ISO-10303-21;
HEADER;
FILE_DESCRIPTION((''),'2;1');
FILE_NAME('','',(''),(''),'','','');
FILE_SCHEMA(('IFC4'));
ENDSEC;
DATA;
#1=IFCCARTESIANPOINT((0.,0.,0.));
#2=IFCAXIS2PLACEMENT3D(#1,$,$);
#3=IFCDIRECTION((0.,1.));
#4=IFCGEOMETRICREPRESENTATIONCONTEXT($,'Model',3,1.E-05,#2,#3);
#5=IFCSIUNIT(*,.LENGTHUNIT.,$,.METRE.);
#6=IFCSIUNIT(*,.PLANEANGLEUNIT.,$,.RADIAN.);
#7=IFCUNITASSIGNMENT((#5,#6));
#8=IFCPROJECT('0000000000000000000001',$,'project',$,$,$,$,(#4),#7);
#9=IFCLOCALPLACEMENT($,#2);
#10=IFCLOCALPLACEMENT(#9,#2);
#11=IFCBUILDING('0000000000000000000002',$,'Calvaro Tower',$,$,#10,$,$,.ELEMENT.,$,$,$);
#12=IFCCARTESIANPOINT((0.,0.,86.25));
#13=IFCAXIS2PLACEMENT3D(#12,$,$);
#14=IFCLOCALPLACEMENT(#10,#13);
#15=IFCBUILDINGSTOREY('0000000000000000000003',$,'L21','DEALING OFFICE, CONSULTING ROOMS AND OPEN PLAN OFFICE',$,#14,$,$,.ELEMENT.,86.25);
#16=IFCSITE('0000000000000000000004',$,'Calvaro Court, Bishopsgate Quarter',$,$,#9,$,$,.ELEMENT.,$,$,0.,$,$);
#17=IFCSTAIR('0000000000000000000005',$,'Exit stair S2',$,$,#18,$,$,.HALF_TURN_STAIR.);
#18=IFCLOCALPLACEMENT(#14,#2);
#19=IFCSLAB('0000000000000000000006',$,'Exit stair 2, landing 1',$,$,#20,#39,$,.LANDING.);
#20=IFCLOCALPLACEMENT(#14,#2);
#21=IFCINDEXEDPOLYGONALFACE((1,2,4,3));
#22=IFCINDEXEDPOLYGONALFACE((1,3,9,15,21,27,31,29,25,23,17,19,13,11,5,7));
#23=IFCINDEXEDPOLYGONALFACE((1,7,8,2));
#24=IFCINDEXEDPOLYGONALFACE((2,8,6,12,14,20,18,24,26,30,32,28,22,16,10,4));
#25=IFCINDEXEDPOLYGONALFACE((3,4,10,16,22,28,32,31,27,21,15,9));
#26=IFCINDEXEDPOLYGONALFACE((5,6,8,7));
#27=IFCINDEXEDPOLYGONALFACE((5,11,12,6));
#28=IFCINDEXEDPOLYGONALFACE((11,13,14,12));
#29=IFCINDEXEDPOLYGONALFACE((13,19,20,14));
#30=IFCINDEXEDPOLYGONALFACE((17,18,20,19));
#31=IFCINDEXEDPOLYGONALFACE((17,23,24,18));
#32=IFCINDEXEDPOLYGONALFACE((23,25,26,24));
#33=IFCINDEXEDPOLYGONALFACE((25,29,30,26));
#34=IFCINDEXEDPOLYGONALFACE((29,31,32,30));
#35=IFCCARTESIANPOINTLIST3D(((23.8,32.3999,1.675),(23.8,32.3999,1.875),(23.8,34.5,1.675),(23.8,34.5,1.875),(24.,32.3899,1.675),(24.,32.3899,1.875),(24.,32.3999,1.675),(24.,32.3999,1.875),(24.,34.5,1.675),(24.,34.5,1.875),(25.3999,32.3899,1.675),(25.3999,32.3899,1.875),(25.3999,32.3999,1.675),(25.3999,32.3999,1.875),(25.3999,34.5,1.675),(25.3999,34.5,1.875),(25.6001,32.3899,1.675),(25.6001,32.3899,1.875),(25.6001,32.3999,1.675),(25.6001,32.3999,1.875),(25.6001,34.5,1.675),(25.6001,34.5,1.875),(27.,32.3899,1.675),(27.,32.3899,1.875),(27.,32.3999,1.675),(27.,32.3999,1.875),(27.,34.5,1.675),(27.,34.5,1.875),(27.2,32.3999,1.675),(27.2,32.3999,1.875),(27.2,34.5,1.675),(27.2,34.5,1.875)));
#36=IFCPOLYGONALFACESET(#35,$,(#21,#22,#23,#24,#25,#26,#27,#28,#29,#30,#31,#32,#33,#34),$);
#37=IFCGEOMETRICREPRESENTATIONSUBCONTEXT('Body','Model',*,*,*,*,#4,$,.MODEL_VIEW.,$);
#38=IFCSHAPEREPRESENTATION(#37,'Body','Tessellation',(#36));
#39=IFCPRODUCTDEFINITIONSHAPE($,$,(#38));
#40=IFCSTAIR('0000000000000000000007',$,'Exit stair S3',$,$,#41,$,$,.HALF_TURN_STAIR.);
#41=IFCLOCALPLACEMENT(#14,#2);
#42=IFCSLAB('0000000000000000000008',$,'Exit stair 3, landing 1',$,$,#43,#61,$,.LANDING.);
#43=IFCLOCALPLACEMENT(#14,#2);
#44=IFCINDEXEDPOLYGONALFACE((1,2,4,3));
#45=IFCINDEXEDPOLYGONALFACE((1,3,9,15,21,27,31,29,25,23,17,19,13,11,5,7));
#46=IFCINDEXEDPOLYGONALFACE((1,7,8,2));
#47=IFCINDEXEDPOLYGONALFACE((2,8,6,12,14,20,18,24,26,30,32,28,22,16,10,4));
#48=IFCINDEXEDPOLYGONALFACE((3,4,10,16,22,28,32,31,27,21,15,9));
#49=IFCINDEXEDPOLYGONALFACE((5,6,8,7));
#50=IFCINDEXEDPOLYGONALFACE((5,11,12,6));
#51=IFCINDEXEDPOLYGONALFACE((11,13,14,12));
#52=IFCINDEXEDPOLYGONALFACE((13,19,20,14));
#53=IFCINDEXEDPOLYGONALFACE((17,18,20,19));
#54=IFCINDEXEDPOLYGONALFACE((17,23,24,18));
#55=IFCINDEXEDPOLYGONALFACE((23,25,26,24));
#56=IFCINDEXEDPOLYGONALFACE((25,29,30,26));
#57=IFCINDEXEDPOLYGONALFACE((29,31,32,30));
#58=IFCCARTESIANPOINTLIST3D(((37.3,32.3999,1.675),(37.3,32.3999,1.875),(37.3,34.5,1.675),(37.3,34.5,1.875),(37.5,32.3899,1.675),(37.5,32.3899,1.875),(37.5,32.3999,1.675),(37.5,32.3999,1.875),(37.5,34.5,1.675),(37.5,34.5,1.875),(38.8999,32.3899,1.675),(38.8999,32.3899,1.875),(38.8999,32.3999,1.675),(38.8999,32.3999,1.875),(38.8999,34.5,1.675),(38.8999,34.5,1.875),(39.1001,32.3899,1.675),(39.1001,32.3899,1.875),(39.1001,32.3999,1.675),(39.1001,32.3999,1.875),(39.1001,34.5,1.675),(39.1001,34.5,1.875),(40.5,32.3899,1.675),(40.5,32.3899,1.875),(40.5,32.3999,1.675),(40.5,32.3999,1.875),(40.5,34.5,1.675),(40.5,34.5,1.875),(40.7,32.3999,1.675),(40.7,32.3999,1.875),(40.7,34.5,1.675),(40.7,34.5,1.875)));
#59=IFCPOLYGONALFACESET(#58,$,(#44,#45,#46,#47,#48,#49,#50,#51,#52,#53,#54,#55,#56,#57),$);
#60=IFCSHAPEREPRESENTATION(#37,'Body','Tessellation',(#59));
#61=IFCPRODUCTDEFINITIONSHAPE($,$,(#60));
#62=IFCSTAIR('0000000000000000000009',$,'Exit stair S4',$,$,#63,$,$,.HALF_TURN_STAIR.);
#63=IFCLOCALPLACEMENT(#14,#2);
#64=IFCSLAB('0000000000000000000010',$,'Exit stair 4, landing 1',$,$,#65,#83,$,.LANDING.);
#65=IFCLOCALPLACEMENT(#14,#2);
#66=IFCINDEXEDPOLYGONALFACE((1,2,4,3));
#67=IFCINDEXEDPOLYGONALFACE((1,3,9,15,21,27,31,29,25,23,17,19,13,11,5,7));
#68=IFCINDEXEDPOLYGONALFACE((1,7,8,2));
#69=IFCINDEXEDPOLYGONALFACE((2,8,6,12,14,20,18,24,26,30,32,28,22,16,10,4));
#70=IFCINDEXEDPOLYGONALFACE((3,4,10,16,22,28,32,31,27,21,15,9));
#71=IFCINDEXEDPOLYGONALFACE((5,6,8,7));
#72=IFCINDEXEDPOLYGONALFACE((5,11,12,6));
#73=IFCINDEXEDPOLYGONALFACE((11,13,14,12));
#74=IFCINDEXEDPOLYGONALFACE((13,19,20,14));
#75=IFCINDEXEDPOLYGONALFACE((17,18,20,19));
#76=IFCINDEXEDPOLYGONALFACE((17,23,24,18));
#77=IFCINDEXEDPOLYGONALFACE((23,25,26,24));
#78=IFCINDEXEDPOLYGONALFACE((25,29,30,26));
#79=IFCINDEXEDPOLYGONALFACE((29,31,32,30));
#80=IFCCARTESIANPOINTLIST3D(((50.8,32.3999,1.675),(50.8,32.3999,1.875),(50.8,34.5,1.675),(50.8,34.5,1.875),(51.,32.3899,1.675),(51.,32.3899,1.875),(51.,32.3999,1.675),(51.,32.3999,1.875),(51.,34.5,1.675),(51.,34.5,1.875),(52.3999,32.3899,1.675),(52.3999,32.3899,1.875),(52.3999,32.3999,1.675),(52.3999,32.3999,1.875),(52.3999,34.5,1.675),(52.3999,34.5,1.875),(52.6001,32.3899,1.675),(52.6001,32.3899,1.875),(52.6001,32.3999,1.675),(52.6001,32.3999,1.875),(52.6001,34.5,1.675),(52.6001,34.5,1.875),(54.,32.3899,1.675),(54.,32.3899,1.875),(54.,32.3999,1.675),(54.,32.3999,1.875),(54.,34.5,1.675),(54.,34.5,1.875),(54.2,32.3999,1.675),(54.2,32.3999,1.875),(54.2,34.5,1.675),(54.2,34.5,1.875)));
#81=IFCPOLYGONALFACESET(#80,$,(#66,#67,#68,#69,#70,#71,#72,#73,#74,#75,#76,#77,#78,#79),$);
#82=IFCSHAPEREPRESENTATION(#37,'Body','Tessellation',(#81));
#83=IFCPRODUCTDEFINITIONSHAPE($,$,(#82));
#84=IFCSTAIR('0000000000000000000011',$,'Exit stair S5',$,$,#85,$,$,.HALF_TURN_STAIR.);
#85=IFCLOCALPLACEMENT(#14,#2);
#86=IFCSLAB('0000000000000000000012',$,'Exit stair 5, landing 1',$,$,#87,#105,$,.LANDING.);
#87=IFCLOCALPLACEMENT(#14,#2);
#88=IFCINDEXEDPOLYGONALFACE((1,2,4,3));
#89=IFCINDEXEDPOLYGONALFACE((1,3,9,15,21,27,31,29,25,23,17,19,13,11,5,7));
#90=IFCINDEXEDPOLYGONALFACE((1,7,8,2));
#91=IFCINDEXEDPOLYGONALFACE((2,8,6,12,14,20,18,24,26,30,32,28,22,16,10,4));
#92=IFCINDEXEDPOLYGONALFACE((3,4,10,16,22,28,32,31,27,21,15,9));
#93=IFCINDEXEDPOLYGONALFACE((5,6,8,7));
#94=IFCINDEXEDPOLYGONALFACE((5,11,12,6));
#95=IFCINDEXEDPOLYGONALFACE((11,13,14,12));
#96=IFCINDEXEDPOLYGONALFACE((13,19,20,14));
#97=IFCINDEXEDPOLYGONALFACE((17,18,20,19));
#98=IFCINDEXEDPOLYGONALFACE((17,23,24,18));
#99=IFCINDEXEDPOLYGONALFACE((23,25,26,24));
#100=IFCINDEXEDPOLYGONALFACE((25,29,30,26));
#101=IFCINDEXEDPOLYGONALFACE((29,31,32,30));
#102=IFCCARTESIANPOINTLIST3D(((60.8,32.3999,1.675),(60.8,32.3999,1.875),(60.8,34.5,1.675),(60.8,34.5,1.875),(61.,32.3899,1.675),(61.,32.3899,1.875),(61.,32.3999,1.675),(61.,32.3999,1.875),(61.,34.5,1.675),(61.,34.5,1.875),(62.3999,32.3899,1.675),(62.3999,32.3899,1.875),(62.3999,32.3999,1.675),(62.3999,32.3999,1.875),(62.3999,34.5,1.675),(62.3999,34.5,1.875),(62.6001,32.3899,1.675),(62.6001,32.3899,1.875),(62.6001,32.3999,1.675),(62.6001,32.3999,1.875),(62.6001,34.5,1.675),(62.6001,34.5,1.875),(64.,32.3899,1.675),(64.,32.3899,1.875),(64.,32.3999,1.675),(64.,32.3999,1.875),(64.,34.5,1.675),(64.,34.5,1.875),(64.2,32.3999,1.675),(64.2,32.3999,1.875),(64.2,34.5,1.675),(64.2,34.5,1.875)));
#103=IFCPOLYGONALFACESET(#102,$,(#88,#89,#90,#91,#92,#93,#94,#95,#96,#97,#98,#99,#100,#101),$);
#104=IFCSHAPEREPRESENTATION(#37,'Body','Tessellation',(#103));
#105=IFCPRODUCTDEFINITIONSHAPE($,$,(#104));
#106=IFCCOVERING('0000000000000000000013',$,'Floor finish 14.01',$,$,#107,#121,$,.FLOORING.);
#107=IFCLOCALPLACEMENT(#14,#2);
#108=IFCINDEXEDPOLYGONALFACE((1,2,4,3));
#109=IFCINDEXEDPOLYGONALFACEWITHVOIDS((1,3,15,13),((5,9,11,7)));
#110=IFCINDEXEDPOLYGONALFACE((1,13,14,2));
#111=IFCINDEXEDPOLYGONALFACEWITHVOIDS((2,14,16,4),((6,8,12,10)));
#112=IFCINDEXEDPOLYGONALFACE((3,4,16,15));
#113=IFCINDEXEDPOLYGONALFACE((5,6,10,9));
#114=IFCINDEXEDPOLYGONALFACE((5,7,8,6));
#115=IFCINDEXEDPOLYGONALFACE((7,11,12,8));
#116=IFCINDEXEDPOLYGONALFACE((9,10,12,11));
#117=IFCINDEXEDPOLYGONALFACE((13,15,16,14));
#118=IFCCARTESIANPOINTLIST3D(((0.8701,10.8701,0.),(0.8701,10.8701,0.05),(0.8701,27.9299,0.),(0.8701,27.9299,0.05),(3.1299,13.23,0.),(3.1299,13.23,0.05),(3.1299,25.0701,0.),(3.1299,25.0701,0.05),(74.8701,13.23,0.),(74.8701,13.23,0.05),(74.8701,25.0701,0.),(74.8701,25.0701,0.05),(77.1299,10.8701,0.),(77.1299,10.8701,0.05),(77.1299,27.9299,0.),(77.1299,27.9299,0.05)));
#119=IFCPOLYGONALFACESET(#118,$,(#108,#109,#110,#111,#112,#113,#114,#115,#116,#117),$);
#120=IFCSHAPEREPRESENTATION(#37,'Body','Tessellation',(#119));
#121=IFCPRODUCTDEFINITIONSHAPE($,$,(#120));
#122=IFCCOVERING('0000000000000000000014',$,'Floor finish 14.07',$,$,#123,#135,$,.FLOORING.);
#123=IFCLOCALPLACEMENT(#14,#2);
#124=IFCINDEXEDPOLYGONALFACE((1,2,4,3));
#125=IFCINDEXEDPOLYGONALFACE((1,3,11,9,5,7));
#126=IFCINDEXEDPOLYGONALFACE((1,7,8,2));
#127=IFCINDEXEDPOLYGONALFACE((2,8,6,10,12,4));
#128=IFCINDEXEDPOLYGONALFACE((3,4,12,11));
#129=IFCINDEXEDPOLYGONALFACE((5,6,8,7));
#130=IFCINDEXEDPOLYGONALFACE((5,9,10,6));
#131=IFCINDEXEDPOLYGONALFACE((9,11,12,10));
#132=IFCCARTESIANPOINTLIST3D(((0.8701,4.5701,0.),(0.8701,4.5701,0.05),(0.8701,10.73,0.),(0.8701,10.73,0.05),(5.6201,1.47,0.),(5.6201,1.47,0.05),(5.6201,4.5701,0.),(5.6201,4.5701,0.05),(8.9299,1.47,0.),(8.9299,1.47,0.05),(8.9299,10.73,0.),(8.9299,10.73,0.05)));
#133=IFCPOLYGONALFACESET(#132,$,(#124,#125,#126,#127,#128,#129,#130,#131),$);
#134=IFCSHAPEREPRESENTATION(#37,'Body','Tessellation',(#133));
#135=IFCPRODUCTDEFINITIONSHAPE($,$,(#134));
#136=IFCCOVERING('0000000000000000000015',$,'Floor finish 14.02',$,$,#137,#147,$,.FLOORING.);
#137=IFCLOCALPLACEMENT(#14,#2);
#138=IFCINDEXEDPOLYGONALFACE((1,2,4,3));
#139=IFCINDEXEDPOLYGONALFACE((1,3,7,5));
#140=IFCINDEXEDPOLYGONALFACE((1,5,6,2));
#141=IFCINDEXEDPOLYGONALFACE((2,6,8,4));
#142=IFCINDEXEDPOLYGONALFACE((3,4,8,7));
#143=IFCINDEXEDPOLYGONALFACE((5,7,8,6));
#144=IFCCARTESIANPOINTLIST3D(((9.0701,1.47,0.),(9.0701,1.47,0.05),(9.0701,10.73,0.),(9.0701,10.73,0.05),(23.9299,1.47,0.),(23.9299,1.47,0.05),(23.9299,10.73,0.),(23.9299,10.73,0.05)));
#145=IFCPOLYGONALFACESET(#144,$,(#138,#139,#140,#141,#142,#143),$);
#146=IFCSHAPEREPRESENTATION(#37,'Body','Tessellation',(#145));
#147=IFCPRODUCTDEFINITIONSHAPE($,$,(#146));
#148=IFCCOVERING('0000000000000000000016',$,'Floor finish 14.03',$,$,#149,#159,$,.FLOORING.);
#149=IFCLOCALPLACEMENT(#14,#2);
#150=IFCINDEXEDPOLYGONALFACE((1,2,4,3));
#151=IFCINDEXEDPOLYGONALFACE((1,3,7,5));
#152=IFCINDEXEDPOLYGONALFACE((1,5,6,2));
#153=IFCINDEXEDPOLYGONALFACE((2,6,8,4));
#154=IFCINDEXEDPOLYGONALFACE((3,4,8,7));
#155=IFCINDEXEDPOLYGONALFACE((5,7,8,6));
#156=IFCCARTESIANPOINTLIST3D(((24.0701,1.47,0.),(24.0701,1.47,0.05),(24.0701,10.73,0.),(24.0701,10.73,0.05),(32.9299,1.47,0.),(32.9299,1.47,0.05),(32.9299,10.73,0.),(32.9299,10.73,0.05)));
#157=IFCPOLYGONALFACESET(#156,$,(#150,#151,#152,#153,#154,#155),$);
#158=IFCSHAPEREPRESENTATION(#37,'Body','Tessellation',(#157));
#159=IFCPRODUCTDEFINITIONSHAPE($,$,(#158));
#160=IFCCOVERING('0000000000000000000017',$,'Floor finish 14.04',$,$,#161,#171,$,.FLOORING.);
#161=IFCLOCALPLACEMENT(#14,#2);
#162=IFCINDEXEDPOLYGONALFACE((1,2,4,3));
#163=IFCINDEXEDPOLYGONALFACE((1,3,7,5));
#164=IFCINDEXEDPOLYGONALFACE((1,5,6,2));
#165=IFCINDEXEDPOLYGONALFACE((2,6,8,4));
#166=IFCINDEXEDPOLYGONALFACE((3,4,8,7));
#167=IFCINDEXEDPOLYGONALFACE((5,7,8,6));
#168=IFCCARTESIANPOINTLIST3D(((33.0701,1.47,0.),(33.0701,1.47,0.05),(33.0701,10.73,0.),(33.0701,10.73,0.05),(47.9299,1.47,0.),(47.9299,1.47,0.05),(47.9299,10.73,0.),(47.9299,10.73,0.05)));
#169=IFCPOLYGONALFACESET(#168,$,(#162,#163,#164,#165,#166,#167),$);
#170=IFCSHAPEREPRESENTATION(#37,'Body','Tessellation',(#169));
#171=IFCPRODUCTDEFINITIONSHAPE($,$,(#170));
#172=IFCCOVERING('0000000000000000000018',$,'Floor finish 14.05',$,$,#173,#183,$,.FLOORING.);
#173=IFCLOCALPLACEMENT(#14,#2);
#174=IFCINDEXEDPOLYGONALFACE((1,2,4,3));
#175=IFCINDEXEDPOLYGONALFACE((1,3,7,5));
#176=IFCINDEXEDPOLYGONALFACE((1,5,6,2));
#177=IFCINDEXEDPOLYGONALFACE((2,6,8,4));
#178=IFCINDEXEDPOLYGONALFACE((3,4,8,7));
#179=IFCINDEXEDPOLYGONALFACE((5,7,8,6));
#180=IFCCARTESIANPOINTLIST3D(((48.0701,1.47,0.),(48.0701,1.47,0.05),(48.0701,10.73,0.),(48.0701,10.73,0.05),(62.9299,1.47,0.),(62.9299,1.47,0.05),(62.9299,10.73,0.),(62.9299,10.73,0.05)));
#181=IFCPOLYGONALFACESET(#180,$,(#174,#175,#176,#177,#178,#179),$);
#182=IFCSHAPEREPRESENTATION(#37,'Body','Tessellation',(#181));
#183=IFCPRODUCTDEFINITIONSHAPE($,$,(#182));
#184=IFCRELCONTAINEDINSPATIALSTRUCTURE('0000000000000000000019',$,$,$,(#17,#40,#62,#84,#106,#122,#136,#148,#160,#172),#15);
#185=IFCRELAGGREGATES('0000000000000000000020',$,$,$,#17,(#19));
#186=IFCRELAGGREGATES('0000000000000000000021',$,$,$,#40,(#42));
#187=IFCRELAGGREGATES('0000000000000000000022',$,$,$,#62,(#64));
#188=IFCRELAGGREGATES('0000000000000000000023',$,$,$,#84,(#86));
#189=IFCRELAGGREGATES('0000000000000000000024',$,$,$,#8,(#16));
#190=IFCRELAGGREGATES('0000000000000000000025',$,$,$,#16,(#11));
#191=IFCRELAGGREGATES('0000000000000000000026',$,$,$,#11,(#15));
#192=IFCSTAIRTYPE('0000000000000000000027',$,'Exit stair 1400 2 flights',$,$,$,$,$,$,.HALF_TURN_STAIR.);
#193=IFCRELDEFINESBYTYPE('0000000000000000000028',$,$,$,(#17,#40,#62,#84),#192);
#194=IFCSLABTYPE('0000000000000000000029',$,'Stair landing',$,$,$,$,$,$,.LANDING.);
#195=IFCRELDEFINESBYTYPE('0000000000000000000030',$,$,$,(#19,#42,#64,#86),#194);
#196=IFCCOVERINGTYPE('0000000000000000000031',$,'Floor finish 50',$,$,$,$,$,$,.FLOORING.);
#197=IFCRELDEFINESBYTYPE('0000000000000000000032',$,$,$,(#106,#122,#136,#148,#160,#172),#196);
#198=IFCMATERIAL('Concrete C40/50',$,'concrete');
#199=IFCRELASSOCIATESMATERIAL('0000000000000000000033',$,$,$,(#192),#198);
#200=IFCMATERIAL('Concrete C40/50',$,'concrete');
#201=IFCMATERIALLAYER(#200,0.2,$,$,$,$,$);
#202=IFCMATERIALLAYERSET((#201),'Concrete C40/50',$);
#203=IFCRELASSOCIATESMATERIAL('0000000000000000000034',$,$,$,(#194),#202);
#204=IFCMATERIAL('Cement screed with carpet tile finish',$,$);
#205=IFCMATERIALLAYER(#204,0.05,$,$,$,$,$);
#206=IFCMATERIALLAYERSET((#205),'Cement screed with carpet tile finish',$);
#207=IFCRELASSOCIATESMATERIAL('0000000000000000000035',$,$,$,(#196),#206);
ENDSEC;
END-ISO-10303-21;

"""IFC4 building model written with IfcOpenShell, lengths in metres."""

from ifc_helpers import new_model, si_unit, direction, frame, origin, place, context, subcontext, project, spatial, polyline, outline, extrude, material, layer, layer_set, type_object, element, aggregate, save


model = new_model("IFC4")

# Units and contexts
model_context = context("Model", 3, precision=1e-05, world=origin(), true_north=direction((0.0, 1.0)))
body_context = subcontext(model_context, "Body", "Model", "MODEL_VIEW")
ifc_project = project(units=[si_unit("LENGTHUNIT", "METRE"), si_unit("PLANEANGLEUNIT", "RADIAN")], contexts=[model_context])

# Site, building, storey
site_placement = place(None, origin())
site = spatial("IfcSite", under=ifc_project, at=site_placement, Name="Calvaro Court, Bishopsgate Quarter", CompositionType="ELEMENT", RefElevation=0.0)
building_placement = place(site_placement, origin())
building = spatial("IfcBuilding", under=site, at=building_placement, Name="Calvaro Tower", CompositionType="ELEMENT")
storey_placement = place(building_placement, frame((0.0, 0.0, 86.25)))
storey = spatial("IfcBuildingStorey", under=building, at=storey_placement, Name="L21", Description="DEALING OFFICE, CONSULTING ROOMS AND OPEN PLAN OFFICE", CompositionType="ELEMENT", Elevation=86.25)

# Stairs, slabs
ifc_material_1 = material(Name="Concrete C40/50", Category="concrete")
stair_type = type_object("IfcStairType", Name="Exit stair 1400 2 flights", PredefinedType="HALF_TURN_STAIR", material=ifc_material_1)
ifc_material_2 = material(Name="Concrete C40/50", Category="concrete")
ifc_layer_1 = layer(ifc_material_2, 0.2)
ifc_layer_set_1 = layer_set([ifc_layer_1], Name="Concrete C40/50")
slab_type_1 = type_object("IfcSlabType", Name="Stair landing", PredefinedType="LANDING", material=ifc_layer_set_1)
stair_1_placement = place(storey_placement, origin())
stair_1 = element("IfcStair", 1, at=stair_1_placement, inside=storey, type_object=stair_type, Name="Exit stair S2", PredefinedType="HALF_TURN_STAIR")
slab_1_placement = place(storey_placement, frame((0.0, 0.0, 1.675)))
slab_1 = element("IfcSlab", 2, at=slab_1_placement, type_object=slab_type_1, Name="Exit stair 2, landing 1", PredefinedType="LANDING", context=body_context, shape_type="SweptSolid", body=[
    extrude(outline(polyline([(25.3999, 32.3899), (24.0, 32.3899), (24.0, 32.3999), (23.8, 32.3999), (23.8, 34.5), (24.0, 34.5), (25.3999, 34.5), (25.6001, 34.5), (27.0, 34.5), (27.2, 34.5), (27.2, 32.3999), (27.0, 32.3999), (27.0, 32.3899), (25.6001, 32.3899), (25.6001, 32.3999), (25.3999, 32.3999), (25.3999, 32.3899)])), origin(), (0.0, 0.0, 1.0), 0.2),
])
aggregate(stair_1, [slab_1])
stair_2_placement = place(storey_placement, origin())
stair_2 = element("IfcStair", 3, at=stair_2_placement, inside=storey, type_object=stair_type, Name="Exit stair S3", PredefinedType="HALF_TURN_STAIR")
slab_2_placement = place(storey_placement, frame((0.0, 0.0, 1.675)))
slab_2 = element("IfcSlab", 4, at=slab_2_placement, type_object=slab_type_1, Name="Exit stair 3, landing 1", PredefinedType="LANDING", context=body_context, shape_type="SweptSolid", body=[
    extrude(outline(polyline([(38.8999, 32.3899), (37.5, 32.3899), (37.5, 32.3999), (37.3, 32.3999), (37.3, 34.5), (37.5, 34.5), (38.8999, 34.5), (39.1001, 34.5), (40.5, 34.5), (40.7, 34.5), (40.7, 32.3999), (40.5, 32.3999), (40.5, 32.3899), (39.1001, 32.3899), (39.1001, 32.3999), (38.8999, 32.3999), (38.8999, 32.3899)])), origin(), (0.0, 0.0, 1.0), 0.2),
])
aggregate(stair_2, [slab_2])
stair_3_placement = place(storey_placement, origin())
stair_3 = element("IfcStair", 5, at=stair_3_placement, inside=storey, type_object=stair_type, Name="Exit stair S4", PredefinedType="HALF_TURN_STAIR")
slab_3_placement = place(storey_placement, frame((0.0, 0.0, 1.675)))
slab_3 = element("IfcSlab", 6, at=slab_3_placement, type_object=slab_type_1, Name="Exit stair 4, landing 1", PredefinedType="LANDING", context=body_context, shape_type="SweptSolid", body=[
    extrude(outline(polyline([(52.3999, 32.3899), (51.0, 32.3899), (51.0, 32.3999), (50.8, 32.3999), (50.8, 34.5), (51.0, 34.5), (52.3999, 34.5), (52.6001, 34.5), (54.0, 34.5), (54.2, 34.5), (54.2, 32.3999), (54.0, 32.3999), (54.0, 32.3899), (52.6001, 32.3899), (52.6001, 32.3999), (52.3999, 32.3999), (52.3999, 32.3899)])), origin(), (0.0, 0.0, 1.0), 0.2),
])
aggregate(stair_3, [slab_3])
stair_4_placement = place(storey_placement, origin())
stair_4 = element("IfcStair", 7, at=stair_4_placement, inside=storey, type_object=stair_type, Name="Exit stair S5", PredefinedType="HALF_TURN_STAIR")
slab_4_placement = place(storey_placement, frame((0.0, 0.0, 1.675)))
slab_4 = element("IfcSlab", 8, at=slab_4_placement, type_object=slab_type_1, Name="Exit stair 5, landing 1", PredefinedType="LANDING", context=body_context, shape_type="SweptSolid", body=[
    extrude(outline(polyline([(62.3999, 32.3899), (61.0, 32.3899), (61.0, 32.3999), (60.8, 32.3999), (60.8, 34.5), (61.0, 34.5), (62.3999, 34.5), (62.6001, 34.5), (64.0, 34.5), (64.2, 34.5), (64.2, 32.3999), (64.0, 32.3999), (64.0, 32.3899), (62.6001, 32.3899), (62.6001, 32.3999), (62.3999, 32.3999), (62.3999, 32.3899)])), origin(), (0.0, 0.0, 1.0), 0.2),
])
aggregate(stair_4, [slab_4])

# Coverings
ifc_material_3 = material(Name="Cement screed with carpet tile finish")
ifc_layer_2 = layer(ifc_material_3, 0.05)
ifc_layer_set_2 = layer_set([ifc_layer_2], Name="Cement screed with carpet tile finish")
covering_type = type_object("IfcCoveringType", Name="Floor finish 50", PredefinedType="FLOORING", material=ifc_layer_set_2)
covering_1_placement = place(storey_placement, origin())
element("IfcCovering", 9, at=covering_1_placement, inside=storey, type_object=covering_type, Name="Floor finish 14.01", PredefinedType="FLOORING", context=body_context, shape_type="SweptSolid", body=[
    extrude(outline(polyline([(0.8701, 10.8701), (0.8701, 27.9299), (77.1299, 27.9299), (77.1299, 10.8701), (0.8701, 10.8701)]), holes=[polyline([(74.8701, 13.23), (74.8701, 25.0701), (3.1299, 25.0701), (3.1299, 13.23), (74.8701, 13.23)])]), origin(), (0.0, 0.0, 1.0), 0.05),
])
covering_2_placement = place(storey_placement, origin())
element("IfcCovering", 10, at=covering_2_placement, inside=storey, type_object=covering_type, Name="Floor finish 14.07", PredefinedType="FLOORING", context=body_context, shape_type="SweptSolid", body=[
    extrude(outline(polyline([(8.9299, 10.73), (8.9299, 1.47), (5.6201, 1.47), (5.6201, 4.5701), (0.8701, 4.5701), (0.8701, 10.73), (8.9299, 10.73)])), origin(), (0.0, 0.0, 1.0), 0.05),
])
covering_3_placement = place(storey_placement, origin())
element("IfcCovering", 11, at=covering_3_placement, inside=storey, type_object=covering_type, Name="Floor finish 14.02", PredefinedType="FLOORING", context=body_context, shape_type="SweptSolid", body=[
    extrude(outline(polyline([(9.0701, 10.73), (23.9299, 10.73), (23.9299, 1.47), (9.0701, 1.47), (9.0701, 10.73)])), origin(), (0.0, 0.0, 1.0), 0.05),
])
covering_4_placement = place(storey_placement, origin())
element("IfcCovering", 12, at=covering_4_placement, inside=storey, type_object=covering_type, Name="Floor finish 14.03", PredefinedType="FLOORING", context=body_context, shape_type="SweptSolid", body=[
    extrude(outline(polyline([(24.0701, 10.73), (32.9299, 10.73), (32.9299, 1.47), (24.0701, 1.47), (24.0701, 10.73)])), origin(), (0.0, 0.0, 1.0), 0.05),
])
covering_5_placement = place(storey_placement, origin())
element("IfcCovering", 13, at=covering_5_placement, inside=storey, type_object=covering_type, Name="Floor finish 14.04", PredefinedType="FLOORING", context=body_context, shape_type="SweptSolid", body=[
    extrude(outline(polyline([(33.0701, 10.73), (47.9299, 10.73), (47.9299, 1.47), (33.0701, 1.47), (33.0701, 10.73)])), origin(), (0.0, 0.0, 1.0), 0.05),
])
covering_6_placement = place(storey_placement, origin())
element("IfcCovering", 14, at=covering_6_placement, inside=storey, type_object=covering_type, Name="Floor finish 14.05", PredefinedType="FLOORING", context=body_context, shape_type="SweptSolid", body=[
    extrude(outline(polyline([(48.0701, 10.73), (62.9299, 10.73), (62.9299, 1.47), (48.0701, 1.47), (48.0701, 10.73)])), origin(), (0.0, 0.0, 1.0), 0.05),
])

save(model, "model.ifc")
